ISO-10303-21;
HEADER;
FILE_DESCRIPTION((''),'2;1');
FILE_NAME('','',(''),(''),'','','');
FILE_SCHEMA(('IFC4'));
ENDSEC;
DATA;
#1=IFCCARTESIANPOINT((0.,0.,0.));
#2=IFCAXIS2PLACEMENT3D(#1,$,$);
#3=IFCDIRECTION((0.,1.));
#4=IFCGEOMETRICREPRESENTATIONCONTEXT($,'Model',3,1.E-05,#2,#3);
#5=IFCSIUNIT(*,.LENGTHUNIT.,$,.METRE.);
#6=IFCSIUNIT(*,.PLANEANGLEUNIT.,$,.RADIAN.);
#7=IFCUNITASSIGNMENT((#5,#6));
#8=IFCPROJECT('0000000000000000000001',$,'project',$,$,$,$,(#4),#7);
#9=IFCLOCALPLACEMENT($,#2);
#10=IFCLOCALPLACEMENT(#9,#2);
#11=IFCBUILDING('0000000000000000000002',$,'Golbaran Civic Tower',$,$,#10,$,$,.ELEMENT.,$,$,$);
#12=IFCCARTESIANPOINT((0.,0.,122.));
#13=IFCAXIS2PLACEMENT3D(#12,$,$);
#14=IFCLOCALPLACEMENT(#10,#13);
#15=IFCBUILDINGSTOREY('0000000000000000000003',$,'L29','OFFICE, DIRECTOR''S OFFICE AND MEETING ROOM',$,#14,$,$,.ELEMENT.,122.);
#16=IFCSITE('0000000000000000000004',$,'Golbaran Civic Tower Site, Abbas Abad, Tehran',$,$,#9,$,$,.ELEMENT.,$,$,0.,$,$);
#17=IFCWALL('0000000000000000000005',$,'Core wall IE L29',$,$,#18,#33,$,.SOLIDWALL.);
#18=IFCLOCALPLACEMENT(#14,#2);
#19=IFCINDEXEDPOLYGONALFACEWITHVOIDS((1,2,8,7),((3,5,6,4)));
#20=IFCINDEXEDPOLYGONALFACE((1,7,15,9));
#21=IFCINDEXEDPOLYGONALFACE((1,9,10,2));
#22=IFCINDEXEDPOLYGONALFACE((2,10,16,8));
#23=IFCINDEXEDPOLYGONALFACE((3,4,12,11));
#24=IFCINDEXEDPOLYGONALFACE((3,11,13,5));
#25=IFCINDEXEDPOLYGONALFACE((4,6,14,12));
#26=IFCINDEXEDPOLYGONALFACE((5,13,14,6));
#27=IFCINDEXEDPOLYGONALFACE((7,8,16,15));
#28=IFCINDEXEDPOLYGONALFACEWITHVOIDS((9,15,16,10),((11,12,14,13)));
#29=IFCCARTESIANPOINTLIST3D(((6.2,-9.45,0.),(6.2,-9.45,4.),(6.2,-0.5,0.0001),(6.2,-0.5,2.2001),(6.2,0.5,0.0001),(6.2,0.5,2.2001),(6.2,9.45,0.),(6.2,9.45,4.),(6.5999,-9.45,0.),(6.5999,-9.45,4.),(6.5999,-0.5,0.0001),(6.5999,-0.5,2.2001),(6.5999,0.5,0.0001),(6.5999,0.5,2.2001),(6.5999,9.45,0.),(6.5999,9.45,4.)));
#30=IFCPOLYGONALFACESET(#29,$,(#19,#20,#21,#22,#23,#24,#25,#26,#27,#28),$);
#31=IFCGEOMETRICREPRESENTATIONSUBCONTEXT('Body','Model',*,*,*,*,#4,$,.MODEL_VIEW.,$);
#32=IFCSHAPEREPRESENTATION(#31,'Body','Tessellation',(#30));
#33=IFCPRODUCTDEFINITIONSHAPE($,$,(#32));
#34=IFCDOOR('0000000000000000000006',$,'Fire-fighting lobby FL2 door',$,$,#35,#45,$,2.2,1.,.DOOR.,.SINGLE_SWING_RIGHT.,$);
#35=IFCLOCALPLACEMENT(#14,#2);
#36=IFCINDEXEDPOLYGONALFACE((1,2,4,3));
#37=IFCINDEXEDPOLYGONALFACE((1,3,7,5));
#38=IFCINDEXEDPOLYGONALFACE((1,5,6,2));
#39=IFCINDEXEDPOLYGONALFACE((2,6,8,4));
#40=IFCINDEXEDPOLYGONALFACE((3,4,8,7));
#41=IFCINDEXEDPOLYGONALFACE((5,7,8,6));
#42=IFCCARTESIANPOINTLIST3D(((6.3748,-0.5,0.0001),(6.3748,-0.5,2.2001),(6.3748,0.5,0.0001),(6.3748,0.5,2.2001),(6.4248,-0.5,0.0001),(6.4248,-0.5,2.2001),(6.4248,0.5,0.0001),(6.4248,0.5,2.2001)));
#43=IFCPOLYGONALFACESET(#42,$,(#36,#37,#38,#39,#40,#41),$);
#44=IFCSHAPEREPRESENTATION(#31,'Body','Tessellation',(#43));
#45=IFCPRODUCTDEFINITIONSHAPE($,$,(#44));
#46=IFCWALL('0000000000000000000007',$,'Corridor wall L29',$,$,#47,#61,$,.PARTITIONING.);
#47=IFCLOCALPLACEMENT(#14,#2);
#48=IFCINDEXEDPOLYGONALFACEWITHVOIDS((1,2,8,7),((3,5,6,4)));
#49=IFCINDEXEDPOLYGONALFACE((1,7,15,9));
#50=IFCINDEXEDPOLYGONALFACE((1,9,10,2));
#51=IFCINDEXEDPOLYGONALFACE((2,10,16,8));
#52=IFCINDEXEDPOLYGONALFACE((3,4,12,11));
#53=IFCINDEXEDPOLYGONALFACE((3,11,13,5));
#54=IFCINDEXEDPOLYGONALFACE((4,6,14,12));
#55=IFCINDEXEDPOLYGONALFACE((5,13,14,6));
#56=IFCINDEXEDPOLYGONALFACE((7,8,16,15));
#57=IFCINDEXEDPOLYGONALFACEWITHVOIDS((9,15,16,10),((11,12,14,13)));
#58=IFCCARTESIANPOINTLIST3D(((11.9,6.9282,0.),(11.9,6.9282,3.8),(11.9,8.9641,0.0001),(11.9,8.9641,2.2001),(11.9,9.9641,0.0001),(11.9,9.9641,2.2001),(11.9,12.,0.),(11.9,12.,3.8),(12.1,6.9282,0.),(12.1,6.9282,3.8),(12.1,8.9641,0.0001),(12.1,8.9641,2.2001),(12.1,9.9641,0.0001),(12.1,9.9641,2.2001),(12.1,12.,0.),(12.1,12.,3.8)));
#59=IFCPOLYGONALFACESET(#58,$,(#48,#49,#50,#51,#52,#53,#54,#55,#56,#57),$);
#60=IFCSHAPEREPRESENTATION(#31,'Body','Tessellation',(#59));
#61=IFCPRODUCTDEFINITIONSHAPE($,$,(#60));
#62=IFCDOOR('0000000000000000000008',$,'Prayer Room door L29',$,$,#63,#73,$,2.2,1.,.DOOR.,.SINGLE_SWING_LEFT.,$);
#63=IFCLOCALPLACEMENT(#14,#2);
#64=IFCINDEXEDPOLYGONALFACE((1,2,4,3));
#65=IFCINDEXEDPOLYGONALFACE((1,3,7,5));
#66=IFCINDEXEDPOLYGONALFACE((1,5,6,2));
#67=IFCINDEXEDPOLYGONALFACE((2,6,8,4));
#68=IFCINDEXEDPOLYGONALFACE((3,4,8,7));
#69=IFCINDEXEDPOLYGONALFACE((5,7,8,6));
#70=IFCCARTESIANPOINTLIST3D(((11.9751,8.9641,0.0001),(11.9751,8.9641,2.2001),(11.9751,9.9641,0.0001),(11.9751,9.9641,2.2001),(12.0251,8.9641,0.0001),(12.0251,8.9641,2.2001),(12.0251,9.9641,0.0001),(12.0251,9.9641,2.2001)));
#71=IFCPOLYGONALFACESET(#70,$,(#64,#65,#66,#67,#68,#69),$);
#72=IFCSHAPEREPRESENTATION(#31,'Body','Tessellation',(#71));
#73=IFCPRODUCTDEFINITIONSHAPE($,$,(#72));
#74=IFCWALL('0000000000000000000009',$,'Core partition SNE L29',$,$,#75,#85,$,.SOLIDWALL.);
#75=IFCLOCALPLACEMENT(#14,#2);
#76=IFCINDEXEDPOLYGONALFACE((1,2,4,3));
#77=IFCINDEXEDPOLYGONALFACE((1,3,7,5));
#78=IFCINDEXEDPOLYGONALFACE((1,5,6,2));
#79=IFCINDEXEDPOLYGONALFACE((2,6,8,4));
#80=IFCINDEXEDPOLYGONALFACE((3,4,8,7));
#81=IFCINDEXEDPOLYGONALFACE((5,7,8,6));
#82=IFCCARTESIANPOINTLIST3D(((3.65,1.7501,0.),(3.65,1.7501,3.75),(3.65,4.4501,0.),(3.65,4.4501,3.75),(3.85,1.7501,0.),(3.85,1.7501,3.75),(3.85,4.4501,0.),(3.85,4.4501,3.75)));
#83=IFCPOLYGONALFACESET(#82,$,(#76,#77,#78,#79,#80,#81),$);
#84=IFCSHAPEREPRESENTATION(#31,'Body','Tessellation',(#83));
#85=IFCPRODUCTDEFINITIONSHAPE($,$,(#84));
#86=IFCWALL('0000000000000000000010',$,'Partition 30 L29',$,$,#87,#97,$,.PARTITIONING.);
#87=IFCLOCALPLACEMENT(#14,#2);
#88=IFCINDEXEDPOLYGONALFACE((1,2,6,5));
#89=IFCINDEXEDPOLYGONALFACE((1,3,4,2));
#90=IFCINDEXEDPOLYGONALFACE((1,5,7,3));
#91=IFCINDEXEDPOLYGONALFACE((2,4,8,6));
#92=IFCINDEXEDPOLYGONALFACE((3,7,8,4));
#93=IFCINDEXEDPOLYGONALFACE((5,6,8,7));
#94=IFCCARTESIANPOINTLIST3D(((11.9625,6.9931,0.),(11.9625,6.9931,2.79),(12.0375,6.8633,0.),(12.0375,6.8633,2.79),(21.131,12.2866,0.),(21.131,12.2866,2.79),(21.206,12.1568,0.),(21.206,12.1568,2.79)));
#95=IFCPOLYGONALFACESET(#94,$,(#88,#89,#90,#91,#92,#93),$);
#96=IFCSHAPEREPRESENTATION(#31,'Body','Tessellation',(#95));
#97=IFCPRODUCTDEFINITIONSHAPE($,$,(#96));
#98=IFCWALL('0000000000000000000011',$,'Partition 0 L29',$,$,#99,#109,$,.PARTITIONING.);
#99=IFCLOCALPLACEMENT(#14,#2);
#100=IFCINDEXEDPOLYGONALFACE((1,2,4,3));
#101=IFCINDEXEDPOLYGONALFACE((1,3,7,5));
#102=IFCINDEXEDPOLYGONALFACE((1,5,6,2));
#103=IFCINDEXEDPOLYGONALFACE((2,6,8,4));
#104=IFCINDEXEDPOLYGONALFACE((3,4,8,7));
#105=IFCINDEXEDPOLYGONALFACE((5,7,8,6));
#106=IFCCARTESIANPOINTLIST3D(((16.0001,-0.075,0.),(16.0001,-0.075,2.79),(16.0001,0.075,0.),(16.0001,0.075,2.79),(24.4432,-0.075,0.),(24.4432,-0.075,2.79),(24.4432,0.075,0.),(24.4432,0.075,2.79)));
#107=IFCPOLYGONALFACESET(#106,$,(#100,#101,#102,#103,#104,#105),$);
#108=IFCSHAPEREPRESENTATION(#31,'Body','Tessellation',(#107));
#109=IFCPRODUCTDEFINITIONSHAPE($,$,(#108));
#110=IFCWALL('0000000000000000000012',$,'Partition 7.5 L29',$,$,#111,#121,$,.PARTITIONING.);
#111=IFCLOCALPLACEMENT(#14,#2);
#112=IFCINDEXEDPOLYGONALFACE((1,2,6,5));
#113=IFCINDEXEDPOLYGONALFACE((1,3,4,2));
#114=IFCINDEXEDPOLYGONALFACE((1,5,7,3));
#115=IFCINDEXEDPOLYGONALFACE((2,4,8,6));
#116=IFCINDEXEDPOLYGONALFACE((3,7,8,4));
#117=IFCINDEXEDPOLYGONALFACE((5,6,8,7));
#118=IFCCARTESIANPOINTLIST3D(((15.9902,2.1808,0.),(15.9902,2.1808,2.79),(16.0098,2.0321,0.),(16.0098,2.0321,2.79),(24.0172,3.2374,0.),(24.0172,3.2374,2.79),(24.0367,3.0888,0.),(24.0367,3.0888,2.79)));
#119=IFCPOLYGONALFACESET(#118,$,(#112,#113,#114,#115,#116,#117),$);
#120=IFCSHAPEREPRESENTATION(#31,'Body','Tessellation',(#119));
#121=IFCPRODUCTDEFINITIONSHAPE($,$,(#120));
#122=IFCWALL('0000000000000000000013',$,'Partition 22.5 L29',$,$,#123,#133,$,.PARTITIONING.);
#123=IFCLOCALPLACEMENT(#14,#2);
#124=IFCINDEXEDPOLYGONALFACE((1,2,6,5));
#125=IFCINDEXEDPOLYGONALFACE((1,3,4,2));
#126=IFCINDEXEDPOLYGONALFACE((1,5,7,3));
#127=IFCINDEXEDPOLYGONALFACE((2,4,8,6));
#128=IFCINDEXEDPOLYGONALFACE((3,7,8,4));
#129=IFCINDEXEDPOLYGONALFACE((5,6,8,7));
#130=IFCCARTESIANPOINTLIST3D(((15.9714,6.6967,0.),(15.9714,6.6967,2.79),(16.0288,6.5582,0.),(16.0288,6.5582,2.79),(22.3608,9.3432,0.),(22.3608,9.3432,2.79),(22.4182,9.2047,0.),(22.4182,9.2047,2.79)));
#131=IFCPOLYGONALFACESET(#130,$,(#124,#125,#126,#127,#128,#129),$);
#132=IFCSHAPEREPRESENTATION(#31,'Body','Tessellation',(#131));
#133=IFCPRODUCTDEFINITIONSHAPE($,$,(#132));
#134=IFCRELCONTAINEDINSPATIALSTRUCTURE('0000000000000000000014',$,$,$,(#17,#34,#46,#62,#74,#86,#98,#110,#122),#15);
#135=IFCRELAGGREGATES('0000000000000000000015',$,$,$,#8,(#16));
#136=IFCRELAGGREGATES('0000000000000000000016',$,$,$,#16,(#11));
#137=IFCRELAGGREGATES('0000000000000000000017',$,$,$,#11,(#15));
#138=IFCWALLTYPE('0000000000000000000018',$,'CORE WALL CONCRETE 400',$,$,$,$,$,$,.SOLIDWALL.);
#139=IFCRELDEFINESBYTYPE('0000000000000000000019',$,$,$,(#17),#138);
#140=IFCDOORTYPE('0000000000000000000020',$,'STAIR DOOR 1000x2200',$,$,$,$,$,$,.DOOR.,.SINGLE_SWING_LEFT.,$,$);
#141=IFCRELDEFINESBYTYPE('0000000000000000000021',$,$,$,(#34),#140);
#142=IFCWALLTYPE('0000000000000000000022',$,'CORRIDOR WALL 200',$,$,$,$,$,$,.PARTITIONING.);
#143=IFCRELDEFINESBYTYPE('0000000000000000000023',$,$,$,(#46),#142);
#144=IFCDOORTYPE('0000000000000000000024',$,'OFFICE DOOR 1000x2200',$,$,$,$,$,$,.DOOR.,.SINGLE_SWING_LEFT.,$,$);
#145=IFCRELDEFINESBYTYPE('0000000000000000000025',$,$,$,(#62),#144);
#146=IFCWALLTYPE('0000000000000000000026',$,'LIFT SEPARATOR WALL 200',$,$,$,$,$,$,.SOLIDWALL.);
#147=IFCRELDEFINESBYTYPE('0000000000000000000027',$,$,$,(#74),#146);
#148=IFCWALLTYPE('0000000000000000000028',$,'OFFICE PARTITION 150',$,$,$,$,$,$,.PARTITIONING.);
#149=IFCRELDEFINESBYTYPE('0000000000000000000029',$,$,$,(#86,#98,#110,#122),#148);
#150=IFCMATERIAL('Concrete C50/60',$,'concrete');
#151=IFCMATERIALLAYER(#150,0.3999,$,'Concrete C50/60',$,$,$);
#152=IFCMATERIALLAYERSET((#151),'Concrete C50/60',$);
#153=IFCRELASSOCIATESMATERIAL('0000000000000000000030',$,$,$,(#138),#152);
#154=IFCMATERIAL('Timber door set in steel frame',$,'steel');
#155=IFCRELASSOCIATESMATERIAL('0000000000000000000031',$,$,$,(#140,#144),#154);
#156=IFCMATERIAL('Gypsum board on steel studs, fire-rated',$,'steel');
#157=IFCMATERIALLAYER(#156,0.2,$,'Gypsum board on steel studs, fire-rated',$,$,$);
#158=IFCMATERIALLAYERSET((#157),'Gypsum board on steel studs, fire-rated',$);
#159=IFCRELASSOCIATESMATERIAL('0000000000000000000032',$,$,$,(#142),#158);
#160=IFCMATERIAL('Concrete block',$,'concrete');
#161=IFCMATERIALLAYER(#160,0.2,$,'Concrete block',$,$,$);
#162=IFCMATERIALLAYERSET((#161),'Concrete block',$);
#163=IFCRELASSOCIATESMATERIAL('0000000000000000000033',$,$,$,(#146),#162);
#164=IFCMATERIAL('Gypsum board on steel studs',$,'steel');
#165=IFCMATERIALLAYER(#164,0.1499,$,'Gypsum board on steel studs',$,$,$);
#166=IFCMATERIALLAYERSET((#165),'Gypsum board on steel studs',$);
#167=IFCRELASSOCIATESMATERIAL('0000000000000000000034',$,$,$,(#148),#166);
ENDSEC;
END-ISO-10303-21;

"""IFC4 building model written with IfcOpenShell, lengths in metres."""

from ifc_helpers import new_model, si_unit, direction, frame, frame_2d, origin, place, context, subcontext, project, spatial, rectangle, extrude, material, layer, layer_set, type_object, element, fill, save


model = new_model("IFC4")

# Units and contexts
model_context = context("Model", 3, precision=1e-05, world=origin(), true_north=direction((0.0, 1.0)))
body_context = subcontext(model_context, "Body", "Model", "MODEL_VIEW")
ifc_project = project(units=[si_unit("LENGTHUNIT", "METRE"), si_unit("PLANEANGLEUNIT", "RADIAN")], contexts=[model_context])

# Site, building, storey
site_placement = place(None, origin())
site = spatial("IfcSite", under=ifc_project, at=site_placement, Name="Golbaran Civic Tower Site, Abbas Abad, Tehran", CompositionType="ELEMENT", RefElevation=0.0)
building_placement = place(site_placement, origin())
building = spatial("IfcBuilding", under=site, at=building_placement, Name="Golbaran Civic Tower", CompositionType="ELEMENT")
storey_placement = place(building_placement, frame((0.0, 0.0, 122.0)))
storey = spatial("IfcBuildingStorey", under=building, at=storey_placement, Name="L29", Description="OFFICE, DIRECTOR'S OFFICE AND MEETING ROOM", CompositionType="ELEMENT", Elevation=122.0)

# Shared definitions
ifc_material_1 = material(Name="Concrete block", Category="concrete")
ifc_material_2 = material(Name="Timber door set in steel frame", Category="steel")

# Walls, openings, doors
ifc_material_3 = material(Name="Concrete C50/60", Category="concrete")
ifc_layer_1 = layer(ifc_material_3, 0.3999, Name="Concrete C50/60")
ifc_layer_set_1 = layer_set([ifc_layer_1], Name="Concrete C50/60")
wall_type_1 = type_object("IfcWallType", Name="CORE WALL CONCRETE 400", PredefinedType="SOLIDWALL", material=ifc_layer_set_1)
wall_1_placement = place(storey_placement, frame((6.3999, 9.45, 0.0), z_axis=(0.0, 0.0, 1.0), x_axis=(0.0, -1.0, 0.0)))
wall_1 = element("IfcWall", 1, at=wall_1_placement, inside=storey, type_object=wall_type_1, Name="Core wall IE L29", PredefinedType="SOLIDWALL", context=body_context, shape_type="SweptSolid", body=[
    extrude(rectangle(XDim=18.8999, YDim=0.3999, at=frame_2d((9.45, 0.0))), origin(), (0.0, 0.0, 1.0), 4.0),
])
opening_1_placement = place(wall_1_placement, frame((8.95, 0.0, 0.0)))
opening_1 = element("IfcOpeningElement", 2, at=opening_1_placement, cuts=wall_1, PredefinedType="OPENING", context=body_context, shape_type="SweptSolid", body=[
    extrude(rectangle(XDim=1.0, YDim=2.2, at=frame_2d((0.5, 1.1001))), frame((0.0, 0.21, 0.0), z_axis=(0.0, -1.0, 0.0), x_axis=(1.0, 0.0, 0.0)), (0.0, 0.0, 1.0), 0.4199),
])
door_type_1 = type_object("IfcDoorType", Name="STAIR DOOR 1000x2200", OperationType="SINGLE_SWING_LEFT", PredefinedType="DOOR", material=ifc_material_2)
door_1_placement = place(opening_1_placement, origin())
door_1 = element("IfcDoor", 3, at=door_1_placement, inside=storey, type_object=door_type_1, Name="Fire-fighting lobby FL2 door", OperationType="SINGLE_SWING_RIGHT", OverallHeight=2.2, OverallWidth=1.0, PredefinedType="DOOR", context=body_context, shape_type="SweptSolid", body=[
    extrude(rectangle(XDim=1.0, YDim=2.2, at=frame_2d((0.5, 1.1001))), frame((0.0, 0.0249, 0.0), z_axis=(0.0, -1.0, 0.0), x_axis=(1.0, 0.0, 0.0)), (0.0, 0.0, 1.0), 0.05),
])
fill(opening_1, door_1)
ifc_material_4 = material(Name="Gypsum board on steel studs, fire-rated", Category="steel")
ifc_layer_2 = layer(ifc_material_4, 0.2, Name="Gypsum board on steel studs, fire-rated")
ifc_layer_set_2 = layer_set([ifc_layer_2], Name="Gypsum board on steel studs, fire-rated")
wall_type_2 = type_object("IfcWallType", Name="CORRIDOR WALL 200", PredefinedType="PARTITIONING", material=ifc_layer_set_2)
wall_2_placement = place(storey_placement, frame((12.0, 6.9282, 0.0), z_axis=(0.0, 0.0, 1.0), x_axis=(0.0, 1.0, 0.0)))
wall_2 = element("IfcWall", 4, at=wall_2_placement, inside=storey, type_object=wall_type_2, Name="Corridor wall L29", PredefinedType="PARTITIONING", context=body_context, shape_type="SweptSolid", body=[
    extrude(rectangle(XDim=5.0718, YDim=0.2, at=frame_2d((2.5359, 0.0))), origin(), (0.0, 0.0, 1.0), 3.8),
])
opening_2_placement = place(wall_2_placement, frame((2.0359, 0.0, 0.0)))
opening_2 = element("IfcOpeningElement", 5, at=opening_2_placement, cuts=wall_2, PredefinedType="OPENING", context=body_context, shape_type="SweptSolid", body=[
    extrude(rectangle(XDim=1.0, YDim=2.2, at=frame_2d((0.5, 1.1001))), frame((0.0, 0.1099, 0.0), z_axis=(0.0, -1.0, 0.0), x_axis=(1.0, 0.0, 0.0)), (0.0, 0.0, 1.0), 0.22),
])
door_type_2 = type_object("IfcDoorType", Name="OFFICE DOOR 1000x2200", OperationType="SINGLE_SWING_LEFT", PredefinedType="DOOR", material=ifc_material_2)
door_2_placement = place(opening_2_placement, origin())
door_2 = element("IfcDoor", 6, at=door_2_placement, inside=storey, type_object=door_type_2, Name="Prayer Room door L29", OperationType="SINGLE_SWING_LEFT", OverallHeight=2.2, OverallWidth=1.0, PredefinedType="DOOR", context=body_context, shape_type="SweptSolid", body=[
    extrude(rectangle(XDim=1.0, YDim=2.2, at=frame_2d((0.5, 1.1001))), frame((0.0, 0.0249, 0.0), z_axis=(0.0, -1.0, 0.0), x_axis=(1.0, 0.0, 0.0)), (0.0, 0.0, 1.0), 0.05),
])
fill(opening_2, door_2)

# Walls
ifc_layer_3 = layer(ifc_material_1, 0.2, Name="Concrete block")
ifc_layer_set_3 = layer_set([ifc_layer_3], Name="Concrete block")
wall_type_3 = type_object("IfcWallType", Name="LIFT SEPARATOR WALL 200", PredefinedType="SOLIDWALL", material=ifc_layer_set_3)
wall_3_placement = place(storey_placement, frame((3.75, 1.75, 0.0), z_axis=(0.0, 0.0, 1.0), x_axis=(0.0, 1.0, 0.0)))
element("IfcWall", 7, at=wall_3_placement, inside=storey, type_object=wall_type_3, Name="Core partition SNE L29", PredefinedType="SOLIDWALL", context=body_context, shape_type="SweptSolid", body=[
    extrude(rectangle(XDim=2.7, YDim=0.2, at=frame_2d((1.3501, 0.0))), origin(), (0.0, 0.0, 1.0), 3.75),
])
ifc_material_5 = material(Name="Gypsum board on steel studs", Category="steel")
ifc_layer_4 = layer(ifc_material_5, 0.1499, Name="Gypsum board on steel studs")
ifc_layer_set_4 = layer_set([ifc_layer_4], Name="Gypsum board on steel studs")
wall_type_4 = type_object("IfcWallType", Name="OFFICE PARTITION 150", PredefinedType="PARTITIONING", material=ifc_layer_set_4)
wall_4_placement = place(storey_placement, frame((12.0, 6.9282, 0.0), z_axis=(0.0, 0.0, 1.0), x_axis=(0.866024, 0.500003, 0.0)))
element("IfcWall", 8, at=wall_4_placement, inside=storey, type_object=wall_type_4, Name="Partition 30 L29", PredefinedType="PARTITIONING", context=body_context, shape_type="SweptSolid", body=[
    extrude(rectangle(XDim=10.5869, YDim=0.1499, at=frame_2d((5.2935, 0.0))), origin(), (0.0, 0.0, 1.0), 2.79),
])
wall_5_placement = place(storey_placement, frame((16.0, 0.0, 0.0), z_axis=(0.0, 0.0, 1.0), x_axis=(1.0, 0.0, 0.0)))
element("IfcWall", 9, at=wall_5_placement, inside=storey, type_object=wall_type_4, Name="Partition 0 L29", PredefinedType="PARTITIONING", context=body_context, shape_type="SweptSolid", body=[
    extrude(rectangle(XDim=8.4431, YDim=0.1499, at=frame_2d((4.2217, 0.0))), origin(), (0.0, 0.0, 1.0), 2.79),
])
wall_6_placement = place(storey_placement, frame((16.0, 2.1064, 0.0), z_axis=(0.0, 0.0, 1.0), x_axis=(0.991447, 0.130512, 0.0)))
element("IfcWall", 10, at=wall_6_placement, inside=storey, type_object=wall_type_4, Name="Partition 7.5 L29", PredefinedType="PARTITIONING", context=body_context, shape_type="SweptSolid", body=[
    extrude(rectangle(XDim=8.0962, YDim=0.1499, at=frame_2d((4.0481, 0.0))), origin(), (0.0, 0.0, 1.0), 2.79),
])
wall_7_placement = place(storey_placement, frame((16.0, 6.6274, 0.0), z_axis=(0.0, 0.0, 1.0), x_axis=(0.923884, 0.382672, 0.0)))
element("IfcWall", 11, at=wall_7_placement, inside=storey, type_object=wall_type_4, Name="Partition 22.5 L29", PredefinedType="PARTITIONING", context=body_context, shape_type="SweptSolid", body=[
    extrude(rectangle(XDim=6.9158, YDim=0.1499, at=frame_2d((3.458, 0.0))), origin(), (0.0, 0.0, 1.0), 2.79),
])

save(model, "model.ifc")
